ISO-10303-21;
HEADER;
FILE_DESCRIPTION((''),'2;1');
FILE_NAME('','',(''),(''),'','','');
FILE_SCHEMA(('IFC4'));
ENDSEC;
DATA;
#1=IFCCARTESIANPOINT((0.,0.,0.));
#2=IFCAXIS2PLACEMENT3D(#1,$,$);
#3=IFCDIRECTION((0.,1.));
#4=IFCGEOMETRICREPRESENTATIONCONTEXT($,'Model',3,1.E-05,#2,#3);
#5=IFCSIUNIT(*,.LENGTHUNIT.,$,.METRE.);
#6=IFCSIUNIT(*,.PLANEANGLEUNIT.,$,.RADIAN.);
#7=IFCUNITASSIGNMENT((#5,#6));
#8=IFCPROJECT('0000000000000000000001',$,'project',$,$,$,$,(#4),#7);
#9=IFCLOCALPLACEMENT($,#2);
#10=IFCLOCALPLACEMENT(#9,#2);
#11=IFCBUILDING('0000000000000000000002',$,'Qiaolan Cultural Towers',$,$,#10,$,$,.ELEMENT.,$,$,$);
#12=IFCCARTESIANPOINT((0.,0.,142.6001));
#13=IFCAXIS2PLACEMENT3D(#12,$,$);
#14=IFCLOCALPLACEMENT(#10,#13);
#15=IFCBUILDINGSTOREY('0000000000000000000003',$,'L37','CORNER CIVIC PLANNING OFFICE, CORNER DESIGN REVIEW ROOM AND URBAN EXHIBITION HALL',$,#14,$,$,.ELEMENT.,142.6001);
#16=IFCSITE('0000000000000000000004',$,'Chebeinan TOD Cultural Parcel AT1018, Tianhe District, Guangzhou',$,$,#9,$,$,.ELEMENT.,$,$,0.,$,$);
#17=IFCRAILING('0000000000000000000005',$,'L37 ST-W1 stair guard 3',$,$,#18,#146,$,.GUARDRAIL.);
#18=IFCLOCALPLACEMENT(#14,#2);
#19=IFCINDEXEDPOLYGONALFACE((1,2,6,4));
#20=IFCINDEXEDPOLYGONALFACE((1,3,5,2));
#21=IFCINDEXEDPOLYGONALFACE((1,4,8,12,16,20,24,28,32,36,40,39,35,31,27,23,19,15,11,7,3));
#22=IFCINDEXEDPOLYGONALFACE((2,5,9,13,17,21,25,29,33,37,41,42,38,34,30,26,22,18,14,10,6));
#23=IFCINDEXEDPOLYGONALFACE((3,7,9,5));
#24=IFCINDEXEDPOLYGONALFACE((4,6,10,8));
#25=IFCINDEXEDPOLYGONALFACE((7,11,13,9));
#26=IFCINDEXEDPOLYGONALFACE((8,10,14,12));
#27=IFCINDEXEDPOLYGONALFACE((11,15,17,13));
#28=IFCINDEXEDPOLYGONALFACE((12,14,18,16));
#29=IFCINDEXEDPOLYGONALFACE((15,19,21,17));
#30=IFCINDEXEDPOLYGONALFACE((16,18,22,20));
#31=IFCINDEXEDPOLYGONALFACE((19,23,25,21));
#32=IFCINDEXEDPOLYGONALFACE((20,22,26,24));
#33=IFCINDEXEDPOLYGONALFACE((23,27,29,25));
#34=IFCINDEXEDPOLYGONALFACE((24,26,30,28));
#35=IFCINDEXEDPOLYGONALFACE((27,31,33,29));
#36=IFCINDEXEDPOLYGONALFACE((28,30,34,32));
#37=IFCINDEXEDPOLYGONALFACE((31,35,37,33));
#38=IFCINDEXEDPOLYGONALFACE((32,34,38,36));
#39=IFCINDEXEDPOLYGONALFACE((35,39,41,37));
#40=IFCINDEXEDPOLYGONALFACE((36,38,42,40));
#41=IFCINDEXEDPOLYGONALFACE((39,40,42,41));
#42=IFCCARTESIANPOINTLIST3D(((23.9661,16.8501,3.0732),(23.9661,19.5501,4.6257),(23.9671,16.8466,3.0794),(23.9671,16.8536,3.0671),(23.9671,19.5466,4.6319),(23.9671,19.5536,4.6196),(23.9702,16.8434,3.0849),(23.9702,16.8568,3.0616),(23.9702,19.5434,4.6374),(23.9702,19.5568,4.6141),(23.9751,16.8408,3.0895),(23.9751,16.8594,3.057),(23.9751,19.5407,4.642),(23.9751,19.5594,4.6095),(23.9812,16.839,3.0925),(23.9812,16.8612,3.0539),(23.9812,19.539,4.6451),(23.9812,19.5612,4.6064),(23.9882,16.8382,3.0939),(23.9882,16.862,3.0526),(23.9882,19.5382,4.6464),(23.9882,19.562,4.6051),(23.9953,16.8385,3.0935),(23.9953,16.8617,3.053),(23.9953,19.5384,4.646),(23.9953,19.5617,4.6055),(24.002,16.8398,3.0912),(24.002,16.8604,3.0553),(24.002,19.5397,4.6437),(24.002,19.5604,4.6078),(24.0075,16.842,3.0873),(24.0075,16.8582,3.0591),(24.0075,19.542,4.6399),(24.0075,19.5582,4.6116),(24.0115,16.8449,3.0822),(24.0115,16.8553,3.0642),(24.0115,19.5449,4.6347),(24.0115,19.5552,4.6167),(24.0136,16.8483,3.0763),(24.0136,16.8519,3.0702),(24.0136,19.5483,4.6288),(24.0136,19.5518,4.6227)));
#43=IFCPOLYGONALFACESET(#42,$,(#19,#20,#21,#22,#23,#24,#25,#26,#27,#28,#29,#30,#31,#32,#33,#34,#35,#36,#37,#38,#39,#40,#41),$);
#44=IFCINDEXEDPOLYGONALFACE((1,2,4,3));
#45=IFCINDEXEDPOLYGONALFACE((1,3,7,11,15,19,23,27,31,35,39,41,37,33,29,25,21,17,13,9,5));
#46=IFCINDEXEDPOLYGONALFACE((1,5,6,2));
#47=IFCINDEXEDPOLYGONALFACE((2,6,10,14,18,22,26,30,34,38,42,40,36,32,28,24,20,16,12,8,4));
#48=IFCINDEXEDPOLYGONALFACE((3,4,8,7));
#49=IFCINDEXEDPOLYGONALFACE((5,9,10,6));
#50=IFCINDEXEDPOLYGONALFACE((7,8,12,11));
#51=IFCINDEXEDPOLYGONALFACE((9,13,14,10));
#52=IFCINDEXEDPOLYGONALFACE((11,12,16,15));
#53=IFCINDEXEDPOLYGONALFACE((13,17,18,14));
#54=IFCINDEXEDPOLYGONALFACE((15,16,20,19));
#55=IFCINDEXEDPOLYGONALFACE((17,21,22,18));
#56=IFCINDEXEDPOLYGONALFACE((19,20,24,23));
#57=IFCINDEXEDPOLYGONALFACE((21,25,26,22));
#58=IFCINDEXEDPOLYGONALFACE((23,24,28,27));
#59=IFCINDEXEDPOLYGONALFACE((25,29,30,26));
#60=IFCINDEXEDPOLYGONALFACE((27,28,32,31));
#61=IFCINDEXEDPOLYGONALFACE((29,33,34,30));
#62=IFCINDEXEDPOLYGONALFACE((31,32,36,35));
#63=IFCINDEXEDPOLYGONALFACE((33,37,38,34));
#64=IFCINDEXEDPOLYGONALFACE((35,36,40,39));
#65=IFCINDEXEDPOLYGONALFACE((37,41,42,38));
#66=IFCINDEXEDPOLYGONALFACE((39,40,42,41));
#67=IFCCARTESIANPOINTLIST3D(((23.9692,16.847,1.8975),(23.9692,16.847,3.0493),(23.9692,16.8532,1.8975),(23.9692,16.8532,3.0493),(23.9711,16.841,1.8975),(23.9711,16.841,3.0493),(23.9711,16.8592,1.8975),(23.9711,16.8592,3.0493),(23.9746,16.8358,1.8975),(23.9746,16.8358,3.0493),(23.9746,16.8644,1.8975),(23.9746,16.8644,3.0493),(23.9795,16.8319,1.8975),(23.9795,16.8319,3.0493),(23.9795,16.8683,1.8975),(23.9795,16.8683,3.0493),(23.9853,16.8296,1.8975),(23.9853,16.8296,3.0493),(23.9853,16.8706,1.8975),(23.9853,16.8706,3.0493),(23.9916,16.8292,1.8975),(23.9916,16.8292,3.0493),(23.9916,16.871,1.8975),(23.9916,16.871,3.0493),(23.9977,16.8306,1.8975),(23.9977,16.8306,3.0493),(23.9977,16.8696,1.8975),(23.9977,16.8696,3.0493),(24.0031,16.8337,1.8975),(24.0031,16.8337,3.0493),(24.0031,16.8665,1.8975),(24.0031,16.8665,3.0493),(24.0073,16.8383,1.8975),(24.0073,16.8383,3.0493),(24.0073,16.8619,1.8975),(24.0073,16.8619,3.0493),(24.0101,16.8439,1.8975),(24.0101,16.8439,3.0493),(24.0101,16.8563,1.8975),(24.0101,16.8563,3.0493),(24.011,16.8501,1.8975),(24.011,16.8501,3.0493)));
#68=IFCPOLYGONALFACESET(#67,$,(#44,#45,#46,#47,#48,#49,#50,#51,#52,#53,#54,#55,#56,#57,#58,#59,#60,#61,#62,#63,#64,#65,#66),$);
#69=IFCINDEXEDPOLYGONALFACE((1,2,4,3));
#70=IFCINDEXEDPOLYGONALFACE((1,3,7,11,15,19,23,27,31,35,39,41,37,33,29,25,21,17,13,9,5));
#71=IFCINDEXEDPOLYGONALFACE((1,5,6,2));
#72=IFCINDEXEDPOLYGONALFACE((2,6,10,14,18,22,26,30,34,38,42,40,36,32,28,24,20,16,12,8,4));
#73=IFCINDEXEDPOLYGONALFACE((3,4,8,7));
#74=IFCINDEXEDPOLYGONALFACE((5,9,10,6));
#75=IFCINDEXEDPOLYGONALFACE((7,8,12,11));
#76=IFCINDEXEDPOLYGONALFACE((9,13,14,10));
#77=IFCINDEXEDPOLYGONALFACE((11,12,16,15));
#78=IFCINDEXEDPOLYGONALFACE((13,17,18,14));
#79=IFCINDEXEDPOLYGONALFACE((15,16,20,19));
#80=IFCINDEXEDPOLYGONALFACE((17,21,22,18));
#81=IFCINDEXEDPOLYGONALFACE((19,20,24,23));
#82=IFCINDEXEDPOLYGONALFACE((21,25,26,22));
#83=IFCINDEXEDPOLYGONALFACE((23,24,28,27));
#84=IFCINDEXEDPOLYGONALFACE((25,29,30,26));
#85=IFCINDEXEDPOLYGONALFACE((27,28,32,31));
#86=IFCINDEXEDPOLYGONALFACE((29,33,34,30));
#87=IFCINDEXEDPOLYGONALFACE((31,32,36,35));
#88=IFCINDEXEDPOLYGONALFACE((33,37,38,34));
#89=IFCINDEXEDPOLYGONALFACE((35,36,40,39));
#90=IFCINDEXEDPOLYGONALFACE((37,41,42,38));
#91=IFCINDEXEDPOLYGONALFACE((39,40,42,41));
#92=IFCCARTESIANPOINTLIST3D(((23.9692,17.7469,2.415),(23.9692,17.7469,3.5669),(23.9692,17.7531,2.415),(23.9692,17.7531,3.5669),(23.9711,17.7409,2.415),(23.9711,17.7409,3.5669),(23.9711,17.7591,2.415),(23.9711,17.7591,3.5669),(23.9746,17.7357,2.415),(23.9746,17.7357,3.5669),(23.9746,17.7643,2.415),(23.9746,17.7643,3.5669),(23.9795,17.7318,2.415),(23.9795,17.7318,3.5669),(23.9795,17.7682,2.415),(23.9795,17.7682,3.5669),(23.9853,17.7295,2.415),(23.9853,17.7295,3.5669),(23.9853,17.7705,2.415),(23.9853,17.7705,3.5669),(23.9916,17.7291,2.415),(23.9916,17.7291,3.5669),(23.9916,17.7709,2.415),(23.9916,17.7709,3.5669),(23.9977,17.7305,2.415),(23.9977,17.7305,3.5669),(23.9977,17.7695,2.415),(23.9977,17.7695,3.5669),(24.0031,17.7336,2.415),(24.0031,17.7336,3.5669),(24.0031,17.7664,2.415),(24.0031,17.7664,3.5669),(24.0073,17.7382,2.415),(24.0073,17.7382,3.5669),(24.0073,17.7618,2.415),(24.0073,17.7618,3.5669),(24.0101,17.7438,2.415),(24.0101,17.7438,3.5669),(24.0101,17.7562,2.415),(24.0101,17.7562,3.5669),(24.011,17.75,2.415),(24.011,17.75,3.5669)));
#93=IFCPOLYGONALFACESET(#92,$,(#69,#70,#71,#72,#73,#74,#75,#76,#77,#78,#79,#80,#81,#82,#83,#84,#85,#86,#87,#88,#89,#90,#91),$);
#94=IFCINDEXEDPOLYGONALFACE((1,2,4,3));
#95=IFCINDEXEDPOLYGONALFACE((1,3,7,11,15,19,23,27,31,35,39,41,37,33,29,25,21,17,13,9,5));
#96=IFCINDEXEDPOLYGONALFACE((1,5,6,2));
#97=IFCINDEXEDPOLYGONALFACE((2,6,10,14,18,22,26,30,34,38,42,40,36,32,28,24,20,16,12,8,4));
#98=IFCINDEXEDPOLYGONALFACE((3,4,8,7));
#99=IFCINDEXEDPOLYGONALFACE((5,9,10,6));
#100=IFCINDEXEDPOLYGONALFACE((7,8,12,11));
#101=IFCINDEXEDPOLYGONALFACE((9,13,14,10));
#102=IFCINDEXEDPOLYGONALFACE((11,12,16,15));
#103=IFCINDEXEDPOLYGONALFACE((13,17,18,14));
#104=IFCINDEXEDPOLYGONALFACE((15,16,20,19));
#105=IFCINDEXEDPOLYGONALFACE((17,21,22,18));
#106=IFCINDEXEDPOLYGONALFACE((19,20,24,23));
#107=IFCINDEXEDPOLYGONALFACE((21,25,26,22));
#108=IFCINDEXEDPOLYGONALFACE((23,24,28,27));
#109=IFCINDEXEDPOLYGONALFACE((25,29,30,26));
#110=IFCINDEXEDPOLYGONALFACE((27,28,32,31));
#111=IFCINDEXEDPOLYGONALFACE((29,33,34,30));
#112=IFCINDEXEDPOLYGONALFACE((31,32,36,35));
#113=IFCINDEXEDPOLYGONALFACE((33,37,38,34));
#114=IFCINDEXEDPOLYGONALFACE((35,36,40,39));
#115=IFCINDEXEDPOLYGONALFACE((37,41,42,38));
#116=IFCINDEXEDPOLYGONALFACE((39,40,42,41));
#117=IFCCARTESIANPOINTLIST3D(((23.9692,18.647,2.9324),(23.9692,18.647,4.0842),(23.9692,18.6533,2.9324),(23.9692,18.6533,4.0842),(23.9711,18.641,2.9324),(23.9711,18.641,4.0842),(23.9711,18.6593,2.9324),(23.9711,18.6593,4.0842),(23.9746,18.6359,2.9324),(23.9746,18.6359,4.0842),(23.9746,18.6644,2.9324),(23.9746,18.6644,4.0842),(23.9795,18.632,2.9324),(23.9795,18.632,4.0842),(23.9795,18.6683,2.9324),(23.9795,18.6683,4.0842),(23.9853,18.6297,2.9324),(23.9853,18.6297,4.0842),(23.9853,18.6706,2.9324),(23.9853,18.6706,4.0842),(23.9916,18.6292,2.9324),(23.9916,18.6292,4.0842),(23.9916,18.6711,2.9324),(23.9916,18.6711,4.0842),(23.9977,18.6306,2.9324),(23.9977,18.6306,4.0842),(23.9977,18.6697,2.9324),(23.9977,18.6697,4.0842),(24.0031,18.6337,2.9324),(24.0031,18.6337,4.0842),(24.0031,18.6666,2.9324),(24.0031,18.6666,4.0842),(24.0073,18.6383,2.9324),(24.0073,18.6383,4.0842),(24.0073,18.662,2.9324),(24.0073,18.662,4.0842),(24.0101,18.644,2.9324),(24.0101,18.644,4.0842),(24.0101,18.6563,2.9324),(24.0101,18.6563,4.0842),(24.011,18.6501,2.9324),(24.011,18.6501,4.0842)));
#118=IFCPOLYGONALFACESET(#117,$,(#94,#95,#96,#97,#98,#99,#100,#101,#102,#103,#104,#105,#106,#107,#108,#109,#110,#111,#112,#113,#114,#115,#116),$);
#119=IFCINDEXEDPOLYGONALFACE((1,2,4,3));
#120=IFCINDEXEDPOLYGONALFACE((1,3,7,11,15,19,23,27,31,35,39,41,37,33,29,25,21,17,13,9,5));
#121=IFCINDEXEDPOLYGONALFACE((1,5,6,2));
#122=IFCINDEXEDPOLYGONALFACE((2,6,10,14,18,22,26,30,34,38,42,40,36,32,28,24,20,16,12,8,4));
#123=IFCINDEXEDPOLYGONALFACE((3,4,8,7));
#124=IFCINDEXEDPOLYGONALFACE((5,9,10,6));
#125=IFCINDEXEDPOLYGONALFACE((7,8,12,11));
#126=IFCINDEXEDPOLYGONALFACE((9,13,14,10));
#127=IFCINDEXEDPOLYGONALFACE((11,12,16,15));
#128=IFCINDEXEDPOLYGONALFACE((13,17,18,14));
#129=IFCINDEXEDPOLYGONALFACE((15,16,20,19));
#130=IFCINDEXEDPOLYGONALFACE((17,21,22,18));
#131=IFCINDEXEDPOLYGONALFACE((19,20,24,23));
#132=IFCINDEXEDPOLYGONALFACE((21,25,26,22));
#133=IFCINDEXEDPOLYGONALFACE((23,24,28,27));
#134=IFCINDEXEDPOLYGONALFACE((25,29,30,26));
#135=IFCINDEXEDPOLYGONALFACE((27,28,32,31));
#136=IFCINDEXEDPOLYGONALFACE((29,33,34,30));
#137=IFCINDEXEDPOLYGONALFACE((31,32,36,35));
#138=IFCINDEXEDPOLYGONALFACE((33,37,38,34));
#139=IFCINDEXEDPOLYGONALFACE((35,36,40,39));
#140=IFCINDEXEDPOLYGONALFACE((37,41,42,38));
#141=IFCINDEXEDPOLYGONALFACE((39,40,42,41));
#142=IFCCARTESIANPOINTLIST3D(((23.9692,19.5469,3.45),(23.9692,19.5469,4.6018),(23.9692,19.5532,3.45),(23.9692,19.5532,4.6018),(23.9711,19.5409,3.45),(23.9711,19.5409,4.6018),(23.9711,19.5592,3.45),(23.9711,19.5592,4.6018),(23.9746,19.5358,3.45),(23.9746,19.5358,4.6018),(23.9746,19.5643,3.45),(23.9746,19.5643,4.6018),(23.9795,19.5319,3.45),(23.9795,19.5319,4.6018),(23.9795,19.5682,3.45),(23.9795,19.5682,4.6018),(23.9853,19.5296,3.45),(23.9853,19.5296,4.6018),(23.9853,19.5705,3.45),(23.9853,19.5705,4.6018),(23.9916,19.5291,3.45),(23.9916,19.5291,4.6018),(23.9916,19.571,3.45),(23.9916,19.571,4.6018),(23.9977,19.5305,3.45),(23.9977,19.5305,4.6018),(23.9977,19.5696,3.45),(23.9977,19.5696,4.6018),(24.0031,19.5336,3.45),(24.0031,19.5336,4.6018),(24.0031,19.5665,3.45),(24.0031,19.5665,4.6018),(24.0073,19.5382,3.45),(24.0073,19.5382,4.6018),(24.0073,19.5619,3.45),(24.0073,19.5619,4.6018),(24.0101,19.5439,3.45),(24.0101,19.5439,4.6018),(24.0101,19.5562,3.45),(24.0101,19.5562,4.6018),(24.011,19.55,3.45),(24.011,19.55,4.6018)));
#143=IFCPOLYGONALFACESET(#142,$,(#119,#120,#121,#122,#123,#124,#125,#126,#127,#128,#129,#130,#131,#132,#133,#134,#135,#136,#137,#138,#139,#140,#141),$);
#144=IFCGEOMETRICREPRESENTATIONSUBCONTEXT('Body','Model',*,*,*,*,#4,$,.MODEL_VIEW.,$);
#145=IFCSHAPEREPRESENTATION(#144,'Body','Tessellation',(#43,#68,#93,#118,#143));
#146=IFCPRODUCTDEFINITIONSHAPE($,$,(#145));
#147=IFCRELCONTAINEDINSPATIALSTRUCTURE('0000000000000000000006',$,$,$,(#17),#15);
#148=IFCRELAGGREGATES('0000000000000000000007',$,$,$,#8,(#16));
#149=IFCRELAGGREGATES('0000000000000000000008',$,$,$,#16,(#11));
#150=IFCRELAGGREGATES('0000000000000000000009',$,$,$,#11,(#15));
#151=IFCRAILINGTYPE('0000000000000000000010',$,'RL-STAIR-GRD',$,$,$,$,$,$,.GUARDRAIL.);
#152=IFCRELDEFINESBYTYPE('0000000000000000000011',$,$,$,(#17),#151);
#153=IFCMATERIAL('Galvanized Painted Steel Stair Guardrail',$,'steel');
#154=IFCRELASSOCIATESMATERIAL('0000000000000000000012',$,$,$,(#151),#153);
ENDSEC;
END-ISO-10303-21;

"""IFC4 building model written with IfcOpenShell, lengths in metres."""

from ifc_helpers import new_model, si_unit, direction, frame, origin, origin_2d, place, context, subcontext, project, spatial, circle, extrude, material, type_object, element, save


model = new_model("IFC4")

# Units and contexts
model_context = context("Model", 3, precision=1e-05, world=origin(), true_north=direction((0.0, 1.0)))
body_context = subcontext(model_context, "Body", "Model", "MODEL_VIEW")
ifc_project = project(units=[si_unit("LENGTHUNIT", "METRE"), si_unit("PLANEANGLEUNIT", "RADIAN")], contexts=[model_context])

# Site, building, storey
site_placement = place(None, origin())
site = spatial("IfcSite", under=ifc_project, at=site_placement, Name="Chebeinan TOD Cultural Parcel AT1018, Tianhe District, Guangzhou", CompositionType="ELEMENT", RefElevation=0.0)
building_placement = place(site_placement, origin())
building = spatial("IfcBuilding", under=site, at=building_placement, Name="Qiaolan Cultural Towers", CompositionType="ELEMENT")
storey_placement = place(building_placement, frame((0.0, 0.0, 142.6001)))
storey = spatial("IfcBuildingStorey", under=building, at=storey_placement, Name="L37", Description="CORNER CIVIC PLANNING OFFICE, CORNER DESIGN REVIEW ROOM AND URBAN EXHIBITION HALL", CompositionType="ELEMENT", Elevation=142.6001)

# Railing
ifc_material_1 = material(Name="Galvanized Painted Steel Stair Guardrail", Category="steel")
railing_type_1 = type_object("IfcRailingType", Name="RL-STAIR-GRD", PredefinedType="GUARDRAIL", material=ifc_material_1)
railing_1_placement = place(storey_placement, frame((23.99, 16.8501, 1.8975)))
element("IfcRailing", 1, at=railing_1_placement, inside=storey, type_object=railing_type_1, Name="L37 ST-W1 stair guard 3", PredefinedType="GUARDRAIL", context=body_context, shape_type="SweptSolid", body=[
    extrude(circle(Radius=0.0239, at=origin_2d()), frame((0.0, 0.0, 1.1758), z_axis=(0.0, 0.866904, 0.498476), x_axis=(-1.0, 0.0, 0.0)), (0.0, 0.0, 1.0), 3.1145),
    extrude(circle(Radius=0.021, at=origin_2d()), origin(), (0.0, 0.0, 1.0), 1.1519),
    extrude(circle(Radius=0.021, at=origin_2d()), frame((0.0, 0.8999, 0.5176)), (0.0, 0.0, 1.0), 1.1519),
    extrude(circle(Radius=0.021, at=origin_2d()), frame((0.0, 1.8, 1.0349)), (0.0, 0.0, 1.0), 1.1519),
    extrude(circle(Radius=0.021, at=origin_2d()), frame((0.0, 2.7, 1.5525)), (0.0, 0.0, 1.0), 1.1519),
])

save(model, "model.ifc")
